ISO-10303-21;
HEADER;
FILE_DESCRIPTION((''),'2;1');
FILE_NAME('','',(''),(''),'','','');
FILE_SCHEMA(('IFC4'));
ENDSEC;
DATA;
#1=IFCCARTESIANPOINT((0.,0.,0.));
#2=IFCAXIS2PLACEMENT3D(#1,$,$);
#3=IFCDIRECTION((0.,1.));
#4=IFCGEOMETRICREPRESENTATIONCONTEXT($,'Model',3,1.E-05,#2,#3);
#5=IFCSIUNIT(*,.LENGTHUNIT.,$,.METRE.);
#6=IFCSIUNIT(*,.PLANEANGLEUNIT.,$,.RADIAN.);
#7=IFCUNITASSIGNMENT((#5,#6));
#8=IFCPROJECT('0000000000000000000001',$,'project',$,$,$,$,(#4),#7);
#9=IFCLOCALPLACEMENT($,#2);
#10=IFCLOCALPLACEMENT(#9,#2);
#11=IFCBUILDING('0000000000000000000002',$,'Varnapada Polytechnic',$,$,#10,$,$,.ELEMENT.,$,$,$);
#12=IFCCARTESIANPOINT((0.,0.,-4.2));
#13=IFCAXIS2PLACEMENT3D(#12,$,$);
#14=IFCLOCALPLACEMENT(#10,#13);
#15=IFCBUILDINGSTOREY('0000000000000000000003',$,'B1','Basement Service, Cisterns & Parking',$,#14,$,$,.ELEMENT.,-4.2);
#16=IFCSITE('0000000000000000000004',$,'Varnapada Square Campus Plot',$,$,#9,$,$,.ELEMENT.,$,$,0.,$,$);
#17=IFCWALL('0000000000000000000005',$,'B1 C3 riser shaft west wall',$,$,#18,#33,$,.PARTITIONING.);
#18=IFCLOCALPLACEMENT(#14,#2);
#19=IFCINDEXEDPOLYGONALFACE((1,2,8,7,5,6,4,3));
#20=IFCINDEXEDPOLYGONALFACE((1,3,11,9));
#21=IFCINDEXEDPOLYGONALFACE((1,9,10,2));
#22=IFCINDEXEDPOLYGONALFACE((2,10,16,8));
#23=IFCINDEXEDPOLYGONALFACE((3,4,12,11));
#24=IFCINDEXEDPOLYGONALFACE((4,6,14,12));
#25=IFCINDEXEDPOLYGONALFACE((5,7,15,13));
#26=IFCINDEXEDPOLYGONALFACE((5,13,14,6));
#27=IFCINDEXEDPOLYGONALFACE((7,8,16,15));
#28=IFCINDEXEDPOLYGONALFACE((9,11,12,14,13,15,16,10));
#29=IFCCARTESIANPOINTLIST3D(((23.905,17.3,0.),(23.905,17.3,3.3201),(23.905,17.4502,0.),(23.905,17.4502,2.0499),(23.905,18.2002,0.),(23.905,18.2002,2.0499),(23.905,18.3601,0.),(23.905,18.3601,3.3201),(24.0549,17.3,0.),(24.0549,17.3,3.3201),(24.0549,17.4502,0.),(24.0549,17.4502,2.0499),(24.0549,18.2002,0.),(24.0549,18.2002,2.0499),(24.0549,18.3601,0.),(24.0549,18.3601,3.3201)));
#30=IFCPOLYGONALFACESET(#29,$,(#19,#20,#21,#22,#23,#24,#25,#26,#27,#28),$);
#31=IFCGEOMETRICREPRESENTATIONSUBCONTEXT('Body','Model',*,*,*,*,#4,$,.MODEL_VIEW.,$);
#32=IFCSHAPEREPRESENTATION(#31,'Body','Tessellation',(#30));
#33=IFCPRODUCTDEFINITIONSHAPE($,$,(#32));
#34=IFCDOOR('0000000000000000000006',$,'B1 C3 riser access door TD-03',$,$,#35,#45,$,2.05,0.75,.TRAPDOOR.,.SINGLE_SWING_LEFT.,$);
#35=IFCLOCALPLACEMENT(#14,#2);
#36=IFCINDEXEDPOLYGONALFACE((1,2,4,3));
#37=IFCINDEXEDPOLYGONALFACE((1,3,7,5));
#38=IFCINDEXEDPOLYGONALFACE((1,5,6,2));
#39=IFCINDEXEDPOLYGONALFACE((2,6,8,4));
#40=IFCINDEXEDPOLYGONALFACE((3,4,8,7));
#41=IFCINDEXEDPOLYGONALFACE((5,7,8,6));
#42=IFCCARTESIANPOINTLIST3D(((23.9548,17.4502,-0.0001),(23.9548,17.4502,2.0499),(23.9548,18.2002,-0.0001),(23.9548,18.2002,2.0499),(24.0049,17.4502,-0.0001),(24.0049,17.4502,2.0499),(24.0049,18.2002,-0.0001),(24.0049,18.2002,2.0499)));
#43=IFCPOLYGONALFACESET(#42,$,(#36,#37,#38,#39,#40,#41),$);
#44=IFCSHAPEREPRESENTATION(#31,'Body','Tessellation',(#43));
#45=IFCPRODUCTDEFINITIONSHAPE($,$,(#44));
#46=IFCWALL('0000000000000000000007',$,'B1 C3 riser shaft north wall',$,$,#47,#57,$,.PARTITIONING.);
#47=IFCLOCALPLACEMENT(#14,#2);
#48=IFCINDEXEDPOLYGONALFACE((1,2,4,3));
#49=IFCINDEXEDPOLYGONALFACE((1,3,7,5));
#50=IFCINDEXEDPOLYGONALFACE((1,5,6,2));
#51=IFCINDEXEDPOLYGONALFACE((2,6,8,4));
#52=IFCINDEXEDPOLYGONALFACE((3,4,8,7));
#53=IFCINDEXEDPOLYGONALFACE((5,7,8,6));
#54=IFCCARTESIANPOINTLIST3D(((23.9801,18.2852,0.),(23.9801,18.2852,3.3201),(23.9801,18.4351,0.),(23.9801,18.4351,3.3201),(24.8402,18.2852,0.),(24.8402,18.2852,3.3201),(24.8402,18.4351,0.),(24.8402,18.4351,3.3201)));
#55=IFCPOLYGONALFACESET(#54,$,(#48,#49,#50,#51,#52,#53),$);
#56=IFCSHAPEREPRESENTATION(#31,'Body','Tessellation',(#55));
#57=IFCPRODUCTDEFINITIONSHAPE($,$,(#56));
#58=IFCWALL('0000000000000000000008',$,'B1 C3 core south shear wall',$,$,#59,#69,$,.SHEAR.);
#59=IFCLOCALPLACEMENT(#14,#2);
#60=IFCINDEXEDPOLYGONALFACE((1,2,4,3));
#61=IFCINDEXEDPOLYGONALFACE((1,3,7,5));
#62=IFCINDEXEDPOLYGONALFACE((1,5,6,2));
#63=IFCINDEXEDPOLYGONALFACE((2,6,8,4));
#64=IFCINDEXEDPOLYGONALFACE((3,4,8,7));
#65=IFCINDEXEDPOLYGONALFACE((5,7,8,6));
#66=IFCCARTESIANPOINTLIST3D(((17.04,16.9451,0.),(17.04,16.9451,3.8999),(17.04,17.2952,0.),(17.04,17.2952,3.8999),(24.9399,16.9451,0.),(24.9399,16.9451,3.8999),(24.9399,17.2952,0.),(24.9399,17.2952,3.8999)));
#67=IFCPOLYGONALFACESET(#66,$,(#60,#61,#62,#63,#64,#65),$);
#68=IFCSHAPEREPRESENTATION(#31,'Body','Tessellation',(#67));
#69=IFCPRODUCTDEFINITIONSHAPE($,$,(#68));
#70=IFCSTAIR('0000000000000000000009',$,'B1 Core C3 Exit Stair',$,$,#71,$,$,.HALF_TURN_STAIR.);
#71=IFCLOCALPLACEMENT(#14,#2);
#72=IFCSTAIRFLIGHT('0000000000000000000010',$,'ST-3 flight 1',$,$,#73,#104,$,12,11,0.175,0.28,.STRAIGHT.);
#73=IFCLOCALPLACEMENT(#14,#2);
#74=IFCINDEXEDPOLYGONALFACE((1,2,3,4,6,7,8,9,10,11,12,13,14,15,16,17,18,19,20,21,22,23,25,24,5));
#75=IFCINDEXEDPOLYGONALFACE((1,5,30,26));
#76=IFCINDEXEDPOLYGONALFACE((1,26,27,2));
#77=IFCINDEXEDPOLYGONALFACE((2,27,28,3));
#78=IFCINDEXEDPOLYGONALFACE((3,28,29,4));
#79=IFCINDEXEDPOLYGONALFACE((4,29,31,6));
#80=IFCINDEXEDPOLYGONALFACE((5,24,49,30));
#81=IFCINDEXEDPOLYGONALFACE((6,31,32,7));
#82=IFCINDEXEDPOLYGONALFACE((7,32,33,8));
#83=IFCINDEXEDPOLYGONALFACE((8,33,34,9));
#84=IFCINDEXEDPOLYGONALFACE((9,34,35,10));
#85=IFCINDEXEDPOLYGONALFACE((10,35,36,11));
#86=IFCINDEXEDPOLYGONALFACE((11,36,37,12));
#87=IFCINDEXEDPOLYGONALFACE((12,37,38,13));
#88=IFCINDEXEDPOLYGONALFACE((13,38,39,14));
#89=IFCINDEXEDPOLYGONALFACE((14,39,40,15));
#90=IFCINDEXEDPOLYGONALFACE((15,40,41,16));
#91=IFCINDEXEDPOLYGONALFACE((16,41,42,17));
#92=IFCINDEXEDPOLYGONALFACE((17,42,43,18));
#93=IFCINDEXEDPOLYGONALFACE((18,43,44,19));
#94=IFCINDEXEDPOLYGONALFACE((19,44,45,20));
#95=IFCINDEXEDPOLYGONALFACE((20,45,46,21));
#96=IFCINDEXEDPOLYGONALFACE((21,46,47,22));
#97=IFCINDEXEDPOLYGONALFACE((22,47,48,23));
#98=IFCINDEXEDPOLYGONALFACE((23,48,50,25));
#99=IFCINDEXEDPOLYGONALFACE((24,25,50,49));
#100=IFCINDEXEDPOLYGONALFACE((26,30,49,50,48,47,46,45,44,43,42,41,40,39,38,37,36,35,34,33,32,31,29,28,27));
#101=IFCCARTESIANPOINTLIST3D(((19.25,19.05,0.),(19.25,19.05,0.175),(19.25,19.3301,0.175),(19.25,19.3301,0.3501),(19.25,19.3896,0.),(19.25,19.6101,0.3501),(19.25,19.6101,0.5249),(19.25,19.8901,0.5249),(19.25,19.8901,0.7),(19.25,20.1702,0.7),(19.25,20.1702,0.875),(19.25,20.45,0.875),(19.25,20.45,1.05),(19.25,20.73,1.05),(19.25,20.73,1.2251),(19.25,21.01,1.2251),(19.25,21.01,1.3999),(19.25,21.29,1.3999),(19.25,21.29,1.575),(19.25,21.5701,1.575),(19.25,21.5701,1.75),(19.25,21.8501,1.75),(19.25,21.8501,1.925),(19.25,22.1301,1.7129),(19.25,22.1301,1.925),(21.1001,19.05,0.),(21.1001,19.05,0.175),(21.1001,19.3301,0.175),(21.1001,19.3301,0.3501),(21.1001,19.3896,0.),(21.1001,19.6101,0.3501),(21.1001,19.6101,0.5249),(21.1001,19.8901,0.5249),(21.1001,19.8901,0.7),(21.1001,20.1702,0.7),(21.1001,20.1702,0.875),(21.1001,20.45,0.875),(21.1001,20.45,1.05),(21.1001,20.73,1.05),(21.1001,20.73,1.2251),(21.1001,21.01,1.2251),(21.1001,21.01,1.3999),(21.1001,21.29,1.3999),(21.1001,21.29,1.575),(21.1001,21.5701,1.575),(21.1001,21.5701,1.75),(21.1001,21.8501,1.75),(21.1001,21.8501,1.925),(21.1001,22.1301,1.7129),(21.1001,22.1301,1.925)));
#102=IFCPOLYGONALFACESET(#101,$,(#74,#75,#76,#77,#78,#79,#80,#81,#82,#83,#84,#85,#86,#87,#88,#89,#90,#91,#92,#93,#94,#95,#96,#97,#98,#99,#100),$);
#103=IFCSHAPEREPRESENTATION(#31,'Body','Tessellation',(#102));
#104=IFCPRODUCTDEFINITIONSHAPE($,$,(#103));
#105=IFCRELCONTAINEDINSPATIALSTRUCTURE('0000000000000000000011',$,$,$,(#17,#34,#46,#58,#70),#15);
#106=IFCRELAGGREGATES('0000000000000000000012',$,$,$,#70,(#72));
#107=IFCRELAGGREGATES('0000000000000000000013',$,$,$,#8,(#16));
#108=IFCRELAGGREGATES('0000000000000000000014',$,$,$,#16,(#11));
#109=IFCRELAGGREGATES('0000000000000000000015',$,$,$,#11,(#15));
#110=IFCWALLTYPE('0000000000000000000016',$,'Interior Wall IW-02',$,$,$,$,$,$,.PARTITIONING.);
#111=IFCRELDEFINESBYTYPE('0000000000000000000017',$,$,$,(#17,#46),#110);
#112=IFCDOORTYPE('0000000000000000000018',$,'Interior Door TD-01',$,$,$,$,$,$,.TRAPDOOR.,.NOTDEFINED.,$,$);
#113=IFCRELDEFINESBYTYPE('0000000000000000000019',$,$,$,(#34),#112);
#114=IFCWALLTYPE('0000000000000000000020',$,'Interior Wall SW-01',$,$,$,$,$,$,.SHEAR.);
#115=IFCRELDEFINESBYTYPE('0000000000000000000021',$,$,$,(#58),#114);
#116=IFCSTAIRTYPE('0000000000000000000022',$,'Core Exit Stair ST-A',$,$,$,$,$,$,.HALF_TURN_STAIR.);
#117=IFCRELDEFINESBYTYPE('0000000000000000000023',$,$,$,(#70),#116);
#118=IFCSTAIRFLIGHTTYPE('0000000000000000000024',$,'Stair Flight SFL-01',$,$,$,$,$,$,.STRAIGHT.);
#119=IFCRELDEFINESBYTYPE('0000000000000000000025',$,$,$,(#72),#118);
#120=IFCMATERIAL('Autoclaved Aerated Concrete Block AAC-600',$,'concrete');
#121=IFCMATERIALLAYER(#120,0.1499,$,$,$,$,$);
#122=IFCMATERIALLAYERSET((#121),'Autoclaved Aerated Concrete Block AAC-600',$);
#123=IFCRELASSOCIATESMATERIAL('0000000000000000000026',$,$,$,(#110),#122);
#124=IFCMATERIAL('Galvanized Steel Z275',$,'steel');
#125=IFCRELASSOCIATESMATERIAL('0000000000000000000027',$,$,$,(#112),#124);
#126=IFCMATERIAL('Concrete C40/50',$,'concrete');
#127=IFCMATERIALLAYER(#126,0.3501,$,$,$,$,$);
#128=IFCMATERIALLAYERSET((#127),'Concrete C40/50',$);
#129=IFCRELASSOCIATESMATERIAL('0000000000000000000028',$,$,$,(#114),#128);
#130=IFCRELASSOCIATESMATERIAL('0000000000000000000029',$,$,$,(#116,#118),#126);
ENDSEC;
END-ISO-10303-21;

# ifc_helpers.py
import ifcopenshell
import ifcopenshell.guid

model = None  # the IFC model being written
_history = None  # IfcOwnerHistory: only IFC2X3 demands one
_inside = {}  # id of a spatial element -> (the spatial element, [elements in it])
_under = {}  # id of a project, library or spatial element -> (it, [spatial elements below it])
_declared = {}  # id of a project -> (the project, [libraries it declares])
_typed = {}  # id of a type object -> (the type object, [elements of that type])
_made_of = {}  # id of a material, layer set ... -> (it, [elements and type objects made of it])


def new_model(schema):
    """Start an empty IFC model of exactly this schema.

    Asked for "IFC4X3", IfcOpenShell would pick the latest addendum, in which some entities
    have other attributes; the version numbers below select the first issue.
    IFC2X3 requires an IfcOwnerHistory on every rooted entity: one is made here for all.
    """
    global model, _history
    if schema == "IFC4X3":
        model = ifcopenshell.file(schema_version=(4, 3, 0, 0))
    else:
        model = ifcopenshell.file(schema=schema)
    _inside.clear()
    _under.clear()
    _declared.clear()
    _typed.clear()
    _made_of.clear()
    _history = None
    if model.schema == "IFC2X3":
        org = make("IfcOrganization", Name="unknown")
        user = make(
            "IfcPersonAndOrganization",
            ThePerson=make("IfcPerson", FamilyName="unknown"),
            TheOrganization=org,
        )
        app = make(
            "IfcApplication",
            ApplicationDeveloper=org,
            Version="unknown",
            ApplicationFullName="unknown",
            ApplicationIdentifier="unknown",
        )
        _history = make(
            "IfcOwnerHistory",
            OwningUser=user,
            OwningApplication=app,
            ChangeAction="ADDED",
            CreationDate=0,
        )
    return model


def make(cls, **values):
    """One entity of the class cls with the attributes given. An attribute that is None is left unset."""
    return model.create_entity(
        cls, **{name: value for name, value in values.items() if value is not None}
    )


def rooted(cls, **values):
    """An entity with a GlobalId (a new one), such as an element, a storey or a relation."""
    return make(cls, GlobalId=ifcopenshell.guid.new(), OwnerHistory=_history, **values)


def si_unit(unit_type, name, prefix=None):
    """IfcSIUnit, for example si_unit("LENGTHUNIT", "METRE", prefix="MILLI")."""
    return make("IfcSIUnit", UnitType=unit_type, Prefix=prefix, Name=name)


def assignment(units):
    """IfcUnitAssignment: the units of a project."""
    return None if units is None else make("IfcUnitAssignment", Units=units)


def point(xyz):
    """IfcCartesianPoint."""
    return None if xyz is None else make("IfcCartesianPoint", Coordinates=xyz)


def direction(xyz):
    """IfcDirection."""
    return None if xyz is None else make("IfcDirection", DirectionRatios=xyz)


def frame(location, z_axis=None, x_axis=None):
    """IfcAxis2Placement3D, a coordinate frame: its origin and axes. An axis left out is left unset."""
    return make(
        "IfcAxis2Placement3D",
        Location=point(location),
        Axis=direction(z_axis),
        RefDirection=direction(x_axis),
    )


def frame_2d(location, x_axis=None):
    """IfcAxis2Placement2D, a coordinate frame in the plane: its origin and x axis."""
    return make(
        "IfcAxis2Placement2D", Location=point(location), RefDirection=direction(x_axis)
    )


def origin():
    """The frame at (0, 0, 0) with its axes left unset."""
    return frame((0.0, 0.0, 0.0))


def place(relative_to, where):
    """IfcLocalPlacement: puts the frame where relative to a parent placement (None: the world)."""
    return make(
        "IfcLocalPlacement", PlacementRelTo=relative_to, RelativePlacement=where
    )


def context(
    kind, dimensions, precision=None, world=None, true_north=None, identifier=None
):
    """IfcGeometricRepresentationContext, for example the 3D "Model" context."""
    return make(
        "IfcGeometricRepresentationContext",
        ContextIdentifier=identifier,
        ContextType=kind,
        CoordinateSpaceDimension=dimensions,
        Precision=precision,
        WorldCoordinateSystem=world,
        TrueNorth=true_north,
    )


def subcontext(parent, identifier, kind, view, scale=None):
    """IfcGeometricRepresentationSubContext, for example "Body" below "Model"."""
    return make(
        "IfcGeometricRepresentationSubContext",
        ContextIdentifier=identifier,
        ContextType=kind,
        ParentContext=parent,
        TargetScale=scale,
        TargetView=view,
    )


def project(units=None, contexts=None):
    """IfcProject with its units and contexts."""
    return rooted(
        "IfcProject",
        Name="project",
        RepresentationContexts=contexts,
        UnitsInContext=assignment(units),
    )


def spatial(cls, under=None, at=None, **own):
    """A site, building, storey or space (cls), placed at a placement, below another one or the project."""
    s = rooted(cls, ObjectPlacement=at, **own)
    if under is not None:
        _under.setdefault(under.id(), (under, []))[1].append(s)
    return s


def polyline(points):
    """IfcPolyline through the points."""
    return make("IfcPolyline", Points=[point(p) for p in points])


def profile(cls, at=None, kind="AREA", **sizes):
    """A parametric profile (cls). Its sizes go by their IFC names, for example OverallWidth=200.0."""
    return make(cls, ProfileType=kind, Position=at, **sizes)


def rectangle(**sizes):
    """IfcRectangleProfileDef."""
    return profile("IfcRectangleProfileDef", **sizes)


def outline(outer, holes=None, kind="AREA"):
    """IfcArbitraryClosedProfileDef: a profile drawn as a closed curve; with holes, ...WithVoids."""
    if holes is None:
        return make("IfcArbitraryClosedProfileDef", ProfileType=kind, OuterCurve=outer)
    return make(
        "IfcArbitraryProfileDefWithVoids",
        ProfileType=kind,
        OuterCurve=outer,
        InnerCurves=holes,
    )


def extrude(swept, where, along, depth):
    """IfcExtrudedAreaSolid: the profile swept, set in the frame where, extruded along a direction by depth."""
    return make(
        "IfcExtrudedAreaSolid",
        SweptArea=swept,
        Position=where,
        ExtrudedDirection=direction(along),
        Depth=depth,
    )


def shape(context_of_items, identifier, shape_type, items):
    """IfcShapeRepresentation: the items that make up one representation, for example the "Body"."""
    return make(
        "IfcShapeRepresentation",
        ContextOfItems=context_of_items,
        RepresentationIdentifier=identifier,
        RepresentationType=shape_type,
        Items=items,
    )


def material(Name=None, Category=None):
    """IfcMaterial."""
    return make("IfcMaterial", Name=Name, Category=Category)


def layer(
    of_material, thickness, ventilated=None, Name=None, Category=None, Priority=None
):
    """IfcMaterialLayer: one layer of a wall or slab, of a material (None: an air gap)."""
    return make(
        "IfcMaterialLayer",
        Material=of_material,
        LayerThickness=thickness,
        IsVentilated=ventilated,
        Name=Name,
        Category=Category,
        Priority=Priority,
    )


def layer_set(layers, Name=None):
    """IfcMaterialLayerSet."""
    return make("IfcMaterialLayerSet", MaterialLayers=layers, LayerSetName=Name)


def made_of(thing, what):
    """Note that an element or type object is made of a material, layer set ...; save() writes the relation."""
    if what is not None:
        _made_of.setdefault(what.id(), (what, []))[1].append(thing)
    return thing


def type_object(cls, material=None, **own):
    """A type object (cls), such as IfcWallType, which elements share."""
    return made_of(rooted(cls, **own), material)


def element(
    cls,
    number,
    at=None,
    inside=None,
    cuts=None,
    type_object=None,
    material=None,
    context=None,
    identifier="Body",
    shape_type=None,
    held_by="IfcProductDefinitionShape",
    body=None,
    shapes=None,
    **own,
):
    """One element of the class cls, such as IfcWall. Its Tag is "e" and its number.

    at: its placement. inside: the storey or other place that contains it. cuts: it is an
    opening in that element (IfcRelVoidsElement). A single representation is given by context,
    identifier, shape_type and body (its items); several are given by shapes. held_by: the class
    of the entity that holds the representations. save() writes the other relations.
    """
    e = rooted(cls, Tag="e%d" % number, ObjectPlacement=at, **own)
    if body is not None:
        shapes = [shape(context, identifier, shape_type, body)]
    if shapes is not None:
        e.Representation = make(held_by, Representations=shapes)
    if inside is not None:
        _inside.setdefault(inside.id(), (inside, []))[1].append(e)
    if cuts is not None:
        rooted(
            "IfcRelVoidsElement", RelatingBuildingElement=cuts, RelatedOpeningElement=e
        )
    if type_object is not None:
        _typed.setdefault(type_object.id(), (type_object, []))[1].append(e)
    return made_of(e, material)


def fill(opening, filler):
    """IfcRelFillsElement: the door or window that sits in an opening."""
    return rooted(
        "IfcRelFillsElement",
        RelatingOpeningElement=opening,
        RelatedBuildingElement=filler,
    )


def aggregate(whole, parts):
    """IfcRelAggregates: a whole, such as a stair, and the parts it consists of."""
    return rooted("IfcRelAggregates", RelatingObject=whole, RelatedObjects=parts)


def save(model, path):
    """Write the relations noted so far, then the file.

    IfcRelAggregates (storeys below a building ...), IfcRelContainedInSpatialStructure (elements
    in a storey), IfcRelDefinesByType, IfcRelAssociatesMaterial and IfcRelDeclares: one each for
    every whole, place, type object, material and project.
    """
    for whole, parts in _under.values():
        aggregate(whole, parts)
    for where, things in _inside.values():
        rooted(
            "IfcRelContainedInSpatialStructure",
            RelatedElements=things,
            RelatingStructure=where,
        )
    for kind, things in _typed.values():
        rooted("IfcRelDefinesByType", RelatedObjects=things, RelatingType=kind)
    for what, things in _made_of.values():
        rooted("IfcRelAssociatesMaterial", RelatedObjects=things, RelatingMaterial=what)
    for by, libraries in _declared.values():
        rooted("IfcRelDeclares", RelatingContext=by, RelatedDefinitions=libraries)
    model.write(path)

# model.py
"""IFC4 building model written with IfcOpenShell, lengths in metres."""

from ifc_helpers import new_model, si_unit, direction, frame, frame_2d, origin, place, context, subcontext, project, spatial, polyline, rectangle, outline, extrude, material, layer, layer_set, type_object, element, fill, aggregate, save


model = new_model("IFC4")

# Units and contexts
model_context = context("Model", 3, precision=1e-05, world=origin(), true_north=direction((0.0, 1.0)))
body_context = subcontext(model_context, "Body", "Model", "MODEL_VIEW")
ifc_project = project(units=[si_unit("LENGTHUNIT", "METRE"), si_unit("PLANEANGLEUNIT", "RADIAN")], contexts=[model_context])

# Site, building, storey
site_placement = place(None, origin())
site = spatial("IfcSite", under=ifc_project, at=site_placement, Name="Varnapada Square Campus Plot", CompositionType="ELEMENT", RefElevation=0.0)
building_placement = place(site_placement, origin())
building = spatial("IfcBuilding", under=site, at=building_placement, Name="Varnapada Polytechnic", CompositionType="ELEMENT")
storey_placement = place(building_placement, frame((0.0, 0.0, -4.2)))
storey = spatial("IfcBuildingStorey", under=building, at=storey_placement, Name="B1", Description="Basement Service, Cisterns & Parking", CompositionType="ELEMENT", Elevation=-4.2)

# Shared definitions
ifc_material_1 = material(Name="Concrete C40/50", Category="concrete")

# Wall, opening, door
ifc_material_2 = material(Name="Autoclaved Aerated Concrete Block AAC-600", Category="concrete")
ifc_material_3 = material(Name="Galvanized Steel Z275", Category="steel")
ifc_layer_1 = layer(ifc_material_2, 0.1499)
ifc_layer_set_1 = layer_set([ifc_layer_1], Name="Autoclaved Aerated Concrete Block AAC-600")
wall_type_1 = type_object("IfcWallType", Name="Interior Wall IW-02", PredefinedType="PARTITIONING", material=ifc_layer_set_1)
wall_1_placement = place(storey_placement, frame((23.98, 18.3601, 0.0), z_axis=(0.0, 0.0, 1.0), x_axis=(0.0, -1.0, 0.0)))
wall_1 = element("IfcWall", 1, at=wall_1_placement, inside=storey, type_object=wall_type_1, Name="B1 C3 riser shaft west wall", PredefinedType="PARTITIONING", context=body_context, shape_type="SweptSolid", body=[
    extrude(rectangle(XDim=1.0601, YDim=0.1499, at=frame_2d((0.53, 0.0))), origin(), (0.0, 0.0, 1.0), 3.3201),
])
opening_1_placement = place(wall_1_placement, frame((0.1599, 0.0, 0.0)))
opening_1 = element("IfcOpeningElement", 2, at=opening_1_placement, cuts=wall_1, PredefinedType="OPENING", context=body_context, shape_type="SweptSolid", body=[
    extrude(rectangle(XDim=0.75, YDim=2.05, at=frame_2d((0.375, 1.0249))), frame((0.0, 0.085, 0.0), z_axis=(0.0, -1.0, 0.0), x_axis=(1.0, 0.0, 0.0)), (0.0, 0.0, 1.0), 0.1699),
])
door_type_1 = type_object("IfcDoorType", Name="Interior Door TD-01", OperationType="NOTDEFINED", PredefinedType="TRAPDOOR", material=ifc_material_3)
door_1_placement = place(opening_1_placement, origin())
door_1 = element("IfcDoor", 3, at=door_1_placement, inside=storey, type_object=door_type_1, Name="B1 C3 riser access door TD-03", OperationType="SINGLE_SWING_LEFT", OverallHeight=2.05, OverallWidth=0.75, PredefinedType="TRAPDOOR", context=body_context, shape_type="SweptSolid", body=[
    extrude(rectangle(XDim=0.75, YDim=2.05, at=frame_2d((0.375, 1.0249))), frame((0.0, 0.0249, 0.0), z_axis=(0.0, -1.0, 0.0), x_axis=(1.0, 0.0, 0.0)), (0.0, 0.0, 1.0), 0.05),
])
fill(opening_1, door_1)

# Walls
wall_2_placement = place(storey_placement, frame((23.98, 18.3601, 0.0), z_axis=(0.0, 0.0, 1.0), x_axis=(1.0, 0.0, 0.0)))
element("IfcWall", 4, at=wall_2_placement, inside=storey, type_object=wall_type_1, Name="B1 C3 riser shaft north wall", PredefinedType="PARTITIONING", context=body_context, shape_type="SweptSolid", body=[
    extrude(rectangle(XDim=0.8601, YDim=0.1499, at=frame_2d((0.4302, 0.0))), origin(), (0.0, 0.0, 1.0), 3.3201),
])
ifc_layer_2 = layer(ifc_material_1, 0.3501)
ifc_layer_set_2 = layer_set([ifc_layer_2], Name="Concrete C40/50")
wall_type_2 = type_object("IfcWallType", Name="Interior Wall SW-01", PredefinedType="SHEAR", material=ifc_layer_set_2)
wall_3_placement = place(storey_placement, frame((24.9399, 17.1201, 0.0), z_axis=(0.0, 0.0, 1.0), x_axis=(-1.0, 0.0, 0.0)))
element("IfcWall", 5, at=wall_3_placement, inside=storey, type_object=wall_type_2, Name="B1 C3 core south shear wall", PredefinedType="SHEAR", context=body_context, shape_type="SweptSolid", body=[
    extrude(rectangle(XDim=7.8999, YDim=0.3501, at=frame_2d((3.95, 0.0))), origin(), (0.0, 0.0, 1.0), 3.8999),
])

# Stair, stair flight
stair_type = type_object("IfcStairType", Name="Core Exit Stair ST-A", PredefinedType="HALF_TURN_STAIR", material=ifc_material_1)
stair_placement = place(storey_placement, origin())
stair = element("IfcStair", 6, at=stair_placement, inside=storey, type_object=stair_type, Name="B1 Core C3 Exit Stair", PredefinedType="HALF_TURN_STAIR")
stair_flight_type = type_object("IfcStairFlightType", Name="Stair Flight SFL-01", PredefinedType="STRAIGHT", material=ifc_material_1)
stair_flight_placement = place(storey_placement, frame((20.175, 19.05, 0.0), z_axis=(0.0, 0.0, 1.0), x_axis=(0.0, 1.0, 0.0)))
stair_flight = element("IfcStairFlight", 7, at=stair_flight_placement, type_object=stair_flight_type, Name="ST-3 flight 1", NumberOfRisers=12, NumberOfTreads=11, PredefinedType="STRAIGHT", RiserHeight=0.175, TreadLength=0.28, context=body_context, shape_type="SweptSolid", body=[
    extrude(outline(polyline([(0.0, 0.0), (0.0, 0.175), (0.28, 0.175), (0.28, 0.3501), (0.5601, 0.3501), (0.5601, 0.5249), (0.8401, 0.5249), (0.8401, 0.7), (1.1201, 0.7), (1.1201, 0.875), (1.3999, 0.875), (1.3999, 1.05), (1.6799, 1.05), (1.6799, 1.2251), (1.96, 1.2251), (1.96, 1.3999), (2.24, 1.3999), (2.24, 1.575), (2.52, 1.575), (2.52, 1.75), (2.8, 1.75), (2.8, 1.925), (3.0801, 1.925), (3.0801, 2.1001), (3.0801, 1.7129), (0.3396, 0.0), (0.0, 0.0)])), frame((0.0, 0.925, 0.0), z_axis=(0.0, -1.0, 0.0), x_axis=(1.0, 0.0, 0.0)), (0.0, 0.0, 1.0), 1.8501),
])
aggregate(stair, [stair_flight])

save(model, "model.ifc")
